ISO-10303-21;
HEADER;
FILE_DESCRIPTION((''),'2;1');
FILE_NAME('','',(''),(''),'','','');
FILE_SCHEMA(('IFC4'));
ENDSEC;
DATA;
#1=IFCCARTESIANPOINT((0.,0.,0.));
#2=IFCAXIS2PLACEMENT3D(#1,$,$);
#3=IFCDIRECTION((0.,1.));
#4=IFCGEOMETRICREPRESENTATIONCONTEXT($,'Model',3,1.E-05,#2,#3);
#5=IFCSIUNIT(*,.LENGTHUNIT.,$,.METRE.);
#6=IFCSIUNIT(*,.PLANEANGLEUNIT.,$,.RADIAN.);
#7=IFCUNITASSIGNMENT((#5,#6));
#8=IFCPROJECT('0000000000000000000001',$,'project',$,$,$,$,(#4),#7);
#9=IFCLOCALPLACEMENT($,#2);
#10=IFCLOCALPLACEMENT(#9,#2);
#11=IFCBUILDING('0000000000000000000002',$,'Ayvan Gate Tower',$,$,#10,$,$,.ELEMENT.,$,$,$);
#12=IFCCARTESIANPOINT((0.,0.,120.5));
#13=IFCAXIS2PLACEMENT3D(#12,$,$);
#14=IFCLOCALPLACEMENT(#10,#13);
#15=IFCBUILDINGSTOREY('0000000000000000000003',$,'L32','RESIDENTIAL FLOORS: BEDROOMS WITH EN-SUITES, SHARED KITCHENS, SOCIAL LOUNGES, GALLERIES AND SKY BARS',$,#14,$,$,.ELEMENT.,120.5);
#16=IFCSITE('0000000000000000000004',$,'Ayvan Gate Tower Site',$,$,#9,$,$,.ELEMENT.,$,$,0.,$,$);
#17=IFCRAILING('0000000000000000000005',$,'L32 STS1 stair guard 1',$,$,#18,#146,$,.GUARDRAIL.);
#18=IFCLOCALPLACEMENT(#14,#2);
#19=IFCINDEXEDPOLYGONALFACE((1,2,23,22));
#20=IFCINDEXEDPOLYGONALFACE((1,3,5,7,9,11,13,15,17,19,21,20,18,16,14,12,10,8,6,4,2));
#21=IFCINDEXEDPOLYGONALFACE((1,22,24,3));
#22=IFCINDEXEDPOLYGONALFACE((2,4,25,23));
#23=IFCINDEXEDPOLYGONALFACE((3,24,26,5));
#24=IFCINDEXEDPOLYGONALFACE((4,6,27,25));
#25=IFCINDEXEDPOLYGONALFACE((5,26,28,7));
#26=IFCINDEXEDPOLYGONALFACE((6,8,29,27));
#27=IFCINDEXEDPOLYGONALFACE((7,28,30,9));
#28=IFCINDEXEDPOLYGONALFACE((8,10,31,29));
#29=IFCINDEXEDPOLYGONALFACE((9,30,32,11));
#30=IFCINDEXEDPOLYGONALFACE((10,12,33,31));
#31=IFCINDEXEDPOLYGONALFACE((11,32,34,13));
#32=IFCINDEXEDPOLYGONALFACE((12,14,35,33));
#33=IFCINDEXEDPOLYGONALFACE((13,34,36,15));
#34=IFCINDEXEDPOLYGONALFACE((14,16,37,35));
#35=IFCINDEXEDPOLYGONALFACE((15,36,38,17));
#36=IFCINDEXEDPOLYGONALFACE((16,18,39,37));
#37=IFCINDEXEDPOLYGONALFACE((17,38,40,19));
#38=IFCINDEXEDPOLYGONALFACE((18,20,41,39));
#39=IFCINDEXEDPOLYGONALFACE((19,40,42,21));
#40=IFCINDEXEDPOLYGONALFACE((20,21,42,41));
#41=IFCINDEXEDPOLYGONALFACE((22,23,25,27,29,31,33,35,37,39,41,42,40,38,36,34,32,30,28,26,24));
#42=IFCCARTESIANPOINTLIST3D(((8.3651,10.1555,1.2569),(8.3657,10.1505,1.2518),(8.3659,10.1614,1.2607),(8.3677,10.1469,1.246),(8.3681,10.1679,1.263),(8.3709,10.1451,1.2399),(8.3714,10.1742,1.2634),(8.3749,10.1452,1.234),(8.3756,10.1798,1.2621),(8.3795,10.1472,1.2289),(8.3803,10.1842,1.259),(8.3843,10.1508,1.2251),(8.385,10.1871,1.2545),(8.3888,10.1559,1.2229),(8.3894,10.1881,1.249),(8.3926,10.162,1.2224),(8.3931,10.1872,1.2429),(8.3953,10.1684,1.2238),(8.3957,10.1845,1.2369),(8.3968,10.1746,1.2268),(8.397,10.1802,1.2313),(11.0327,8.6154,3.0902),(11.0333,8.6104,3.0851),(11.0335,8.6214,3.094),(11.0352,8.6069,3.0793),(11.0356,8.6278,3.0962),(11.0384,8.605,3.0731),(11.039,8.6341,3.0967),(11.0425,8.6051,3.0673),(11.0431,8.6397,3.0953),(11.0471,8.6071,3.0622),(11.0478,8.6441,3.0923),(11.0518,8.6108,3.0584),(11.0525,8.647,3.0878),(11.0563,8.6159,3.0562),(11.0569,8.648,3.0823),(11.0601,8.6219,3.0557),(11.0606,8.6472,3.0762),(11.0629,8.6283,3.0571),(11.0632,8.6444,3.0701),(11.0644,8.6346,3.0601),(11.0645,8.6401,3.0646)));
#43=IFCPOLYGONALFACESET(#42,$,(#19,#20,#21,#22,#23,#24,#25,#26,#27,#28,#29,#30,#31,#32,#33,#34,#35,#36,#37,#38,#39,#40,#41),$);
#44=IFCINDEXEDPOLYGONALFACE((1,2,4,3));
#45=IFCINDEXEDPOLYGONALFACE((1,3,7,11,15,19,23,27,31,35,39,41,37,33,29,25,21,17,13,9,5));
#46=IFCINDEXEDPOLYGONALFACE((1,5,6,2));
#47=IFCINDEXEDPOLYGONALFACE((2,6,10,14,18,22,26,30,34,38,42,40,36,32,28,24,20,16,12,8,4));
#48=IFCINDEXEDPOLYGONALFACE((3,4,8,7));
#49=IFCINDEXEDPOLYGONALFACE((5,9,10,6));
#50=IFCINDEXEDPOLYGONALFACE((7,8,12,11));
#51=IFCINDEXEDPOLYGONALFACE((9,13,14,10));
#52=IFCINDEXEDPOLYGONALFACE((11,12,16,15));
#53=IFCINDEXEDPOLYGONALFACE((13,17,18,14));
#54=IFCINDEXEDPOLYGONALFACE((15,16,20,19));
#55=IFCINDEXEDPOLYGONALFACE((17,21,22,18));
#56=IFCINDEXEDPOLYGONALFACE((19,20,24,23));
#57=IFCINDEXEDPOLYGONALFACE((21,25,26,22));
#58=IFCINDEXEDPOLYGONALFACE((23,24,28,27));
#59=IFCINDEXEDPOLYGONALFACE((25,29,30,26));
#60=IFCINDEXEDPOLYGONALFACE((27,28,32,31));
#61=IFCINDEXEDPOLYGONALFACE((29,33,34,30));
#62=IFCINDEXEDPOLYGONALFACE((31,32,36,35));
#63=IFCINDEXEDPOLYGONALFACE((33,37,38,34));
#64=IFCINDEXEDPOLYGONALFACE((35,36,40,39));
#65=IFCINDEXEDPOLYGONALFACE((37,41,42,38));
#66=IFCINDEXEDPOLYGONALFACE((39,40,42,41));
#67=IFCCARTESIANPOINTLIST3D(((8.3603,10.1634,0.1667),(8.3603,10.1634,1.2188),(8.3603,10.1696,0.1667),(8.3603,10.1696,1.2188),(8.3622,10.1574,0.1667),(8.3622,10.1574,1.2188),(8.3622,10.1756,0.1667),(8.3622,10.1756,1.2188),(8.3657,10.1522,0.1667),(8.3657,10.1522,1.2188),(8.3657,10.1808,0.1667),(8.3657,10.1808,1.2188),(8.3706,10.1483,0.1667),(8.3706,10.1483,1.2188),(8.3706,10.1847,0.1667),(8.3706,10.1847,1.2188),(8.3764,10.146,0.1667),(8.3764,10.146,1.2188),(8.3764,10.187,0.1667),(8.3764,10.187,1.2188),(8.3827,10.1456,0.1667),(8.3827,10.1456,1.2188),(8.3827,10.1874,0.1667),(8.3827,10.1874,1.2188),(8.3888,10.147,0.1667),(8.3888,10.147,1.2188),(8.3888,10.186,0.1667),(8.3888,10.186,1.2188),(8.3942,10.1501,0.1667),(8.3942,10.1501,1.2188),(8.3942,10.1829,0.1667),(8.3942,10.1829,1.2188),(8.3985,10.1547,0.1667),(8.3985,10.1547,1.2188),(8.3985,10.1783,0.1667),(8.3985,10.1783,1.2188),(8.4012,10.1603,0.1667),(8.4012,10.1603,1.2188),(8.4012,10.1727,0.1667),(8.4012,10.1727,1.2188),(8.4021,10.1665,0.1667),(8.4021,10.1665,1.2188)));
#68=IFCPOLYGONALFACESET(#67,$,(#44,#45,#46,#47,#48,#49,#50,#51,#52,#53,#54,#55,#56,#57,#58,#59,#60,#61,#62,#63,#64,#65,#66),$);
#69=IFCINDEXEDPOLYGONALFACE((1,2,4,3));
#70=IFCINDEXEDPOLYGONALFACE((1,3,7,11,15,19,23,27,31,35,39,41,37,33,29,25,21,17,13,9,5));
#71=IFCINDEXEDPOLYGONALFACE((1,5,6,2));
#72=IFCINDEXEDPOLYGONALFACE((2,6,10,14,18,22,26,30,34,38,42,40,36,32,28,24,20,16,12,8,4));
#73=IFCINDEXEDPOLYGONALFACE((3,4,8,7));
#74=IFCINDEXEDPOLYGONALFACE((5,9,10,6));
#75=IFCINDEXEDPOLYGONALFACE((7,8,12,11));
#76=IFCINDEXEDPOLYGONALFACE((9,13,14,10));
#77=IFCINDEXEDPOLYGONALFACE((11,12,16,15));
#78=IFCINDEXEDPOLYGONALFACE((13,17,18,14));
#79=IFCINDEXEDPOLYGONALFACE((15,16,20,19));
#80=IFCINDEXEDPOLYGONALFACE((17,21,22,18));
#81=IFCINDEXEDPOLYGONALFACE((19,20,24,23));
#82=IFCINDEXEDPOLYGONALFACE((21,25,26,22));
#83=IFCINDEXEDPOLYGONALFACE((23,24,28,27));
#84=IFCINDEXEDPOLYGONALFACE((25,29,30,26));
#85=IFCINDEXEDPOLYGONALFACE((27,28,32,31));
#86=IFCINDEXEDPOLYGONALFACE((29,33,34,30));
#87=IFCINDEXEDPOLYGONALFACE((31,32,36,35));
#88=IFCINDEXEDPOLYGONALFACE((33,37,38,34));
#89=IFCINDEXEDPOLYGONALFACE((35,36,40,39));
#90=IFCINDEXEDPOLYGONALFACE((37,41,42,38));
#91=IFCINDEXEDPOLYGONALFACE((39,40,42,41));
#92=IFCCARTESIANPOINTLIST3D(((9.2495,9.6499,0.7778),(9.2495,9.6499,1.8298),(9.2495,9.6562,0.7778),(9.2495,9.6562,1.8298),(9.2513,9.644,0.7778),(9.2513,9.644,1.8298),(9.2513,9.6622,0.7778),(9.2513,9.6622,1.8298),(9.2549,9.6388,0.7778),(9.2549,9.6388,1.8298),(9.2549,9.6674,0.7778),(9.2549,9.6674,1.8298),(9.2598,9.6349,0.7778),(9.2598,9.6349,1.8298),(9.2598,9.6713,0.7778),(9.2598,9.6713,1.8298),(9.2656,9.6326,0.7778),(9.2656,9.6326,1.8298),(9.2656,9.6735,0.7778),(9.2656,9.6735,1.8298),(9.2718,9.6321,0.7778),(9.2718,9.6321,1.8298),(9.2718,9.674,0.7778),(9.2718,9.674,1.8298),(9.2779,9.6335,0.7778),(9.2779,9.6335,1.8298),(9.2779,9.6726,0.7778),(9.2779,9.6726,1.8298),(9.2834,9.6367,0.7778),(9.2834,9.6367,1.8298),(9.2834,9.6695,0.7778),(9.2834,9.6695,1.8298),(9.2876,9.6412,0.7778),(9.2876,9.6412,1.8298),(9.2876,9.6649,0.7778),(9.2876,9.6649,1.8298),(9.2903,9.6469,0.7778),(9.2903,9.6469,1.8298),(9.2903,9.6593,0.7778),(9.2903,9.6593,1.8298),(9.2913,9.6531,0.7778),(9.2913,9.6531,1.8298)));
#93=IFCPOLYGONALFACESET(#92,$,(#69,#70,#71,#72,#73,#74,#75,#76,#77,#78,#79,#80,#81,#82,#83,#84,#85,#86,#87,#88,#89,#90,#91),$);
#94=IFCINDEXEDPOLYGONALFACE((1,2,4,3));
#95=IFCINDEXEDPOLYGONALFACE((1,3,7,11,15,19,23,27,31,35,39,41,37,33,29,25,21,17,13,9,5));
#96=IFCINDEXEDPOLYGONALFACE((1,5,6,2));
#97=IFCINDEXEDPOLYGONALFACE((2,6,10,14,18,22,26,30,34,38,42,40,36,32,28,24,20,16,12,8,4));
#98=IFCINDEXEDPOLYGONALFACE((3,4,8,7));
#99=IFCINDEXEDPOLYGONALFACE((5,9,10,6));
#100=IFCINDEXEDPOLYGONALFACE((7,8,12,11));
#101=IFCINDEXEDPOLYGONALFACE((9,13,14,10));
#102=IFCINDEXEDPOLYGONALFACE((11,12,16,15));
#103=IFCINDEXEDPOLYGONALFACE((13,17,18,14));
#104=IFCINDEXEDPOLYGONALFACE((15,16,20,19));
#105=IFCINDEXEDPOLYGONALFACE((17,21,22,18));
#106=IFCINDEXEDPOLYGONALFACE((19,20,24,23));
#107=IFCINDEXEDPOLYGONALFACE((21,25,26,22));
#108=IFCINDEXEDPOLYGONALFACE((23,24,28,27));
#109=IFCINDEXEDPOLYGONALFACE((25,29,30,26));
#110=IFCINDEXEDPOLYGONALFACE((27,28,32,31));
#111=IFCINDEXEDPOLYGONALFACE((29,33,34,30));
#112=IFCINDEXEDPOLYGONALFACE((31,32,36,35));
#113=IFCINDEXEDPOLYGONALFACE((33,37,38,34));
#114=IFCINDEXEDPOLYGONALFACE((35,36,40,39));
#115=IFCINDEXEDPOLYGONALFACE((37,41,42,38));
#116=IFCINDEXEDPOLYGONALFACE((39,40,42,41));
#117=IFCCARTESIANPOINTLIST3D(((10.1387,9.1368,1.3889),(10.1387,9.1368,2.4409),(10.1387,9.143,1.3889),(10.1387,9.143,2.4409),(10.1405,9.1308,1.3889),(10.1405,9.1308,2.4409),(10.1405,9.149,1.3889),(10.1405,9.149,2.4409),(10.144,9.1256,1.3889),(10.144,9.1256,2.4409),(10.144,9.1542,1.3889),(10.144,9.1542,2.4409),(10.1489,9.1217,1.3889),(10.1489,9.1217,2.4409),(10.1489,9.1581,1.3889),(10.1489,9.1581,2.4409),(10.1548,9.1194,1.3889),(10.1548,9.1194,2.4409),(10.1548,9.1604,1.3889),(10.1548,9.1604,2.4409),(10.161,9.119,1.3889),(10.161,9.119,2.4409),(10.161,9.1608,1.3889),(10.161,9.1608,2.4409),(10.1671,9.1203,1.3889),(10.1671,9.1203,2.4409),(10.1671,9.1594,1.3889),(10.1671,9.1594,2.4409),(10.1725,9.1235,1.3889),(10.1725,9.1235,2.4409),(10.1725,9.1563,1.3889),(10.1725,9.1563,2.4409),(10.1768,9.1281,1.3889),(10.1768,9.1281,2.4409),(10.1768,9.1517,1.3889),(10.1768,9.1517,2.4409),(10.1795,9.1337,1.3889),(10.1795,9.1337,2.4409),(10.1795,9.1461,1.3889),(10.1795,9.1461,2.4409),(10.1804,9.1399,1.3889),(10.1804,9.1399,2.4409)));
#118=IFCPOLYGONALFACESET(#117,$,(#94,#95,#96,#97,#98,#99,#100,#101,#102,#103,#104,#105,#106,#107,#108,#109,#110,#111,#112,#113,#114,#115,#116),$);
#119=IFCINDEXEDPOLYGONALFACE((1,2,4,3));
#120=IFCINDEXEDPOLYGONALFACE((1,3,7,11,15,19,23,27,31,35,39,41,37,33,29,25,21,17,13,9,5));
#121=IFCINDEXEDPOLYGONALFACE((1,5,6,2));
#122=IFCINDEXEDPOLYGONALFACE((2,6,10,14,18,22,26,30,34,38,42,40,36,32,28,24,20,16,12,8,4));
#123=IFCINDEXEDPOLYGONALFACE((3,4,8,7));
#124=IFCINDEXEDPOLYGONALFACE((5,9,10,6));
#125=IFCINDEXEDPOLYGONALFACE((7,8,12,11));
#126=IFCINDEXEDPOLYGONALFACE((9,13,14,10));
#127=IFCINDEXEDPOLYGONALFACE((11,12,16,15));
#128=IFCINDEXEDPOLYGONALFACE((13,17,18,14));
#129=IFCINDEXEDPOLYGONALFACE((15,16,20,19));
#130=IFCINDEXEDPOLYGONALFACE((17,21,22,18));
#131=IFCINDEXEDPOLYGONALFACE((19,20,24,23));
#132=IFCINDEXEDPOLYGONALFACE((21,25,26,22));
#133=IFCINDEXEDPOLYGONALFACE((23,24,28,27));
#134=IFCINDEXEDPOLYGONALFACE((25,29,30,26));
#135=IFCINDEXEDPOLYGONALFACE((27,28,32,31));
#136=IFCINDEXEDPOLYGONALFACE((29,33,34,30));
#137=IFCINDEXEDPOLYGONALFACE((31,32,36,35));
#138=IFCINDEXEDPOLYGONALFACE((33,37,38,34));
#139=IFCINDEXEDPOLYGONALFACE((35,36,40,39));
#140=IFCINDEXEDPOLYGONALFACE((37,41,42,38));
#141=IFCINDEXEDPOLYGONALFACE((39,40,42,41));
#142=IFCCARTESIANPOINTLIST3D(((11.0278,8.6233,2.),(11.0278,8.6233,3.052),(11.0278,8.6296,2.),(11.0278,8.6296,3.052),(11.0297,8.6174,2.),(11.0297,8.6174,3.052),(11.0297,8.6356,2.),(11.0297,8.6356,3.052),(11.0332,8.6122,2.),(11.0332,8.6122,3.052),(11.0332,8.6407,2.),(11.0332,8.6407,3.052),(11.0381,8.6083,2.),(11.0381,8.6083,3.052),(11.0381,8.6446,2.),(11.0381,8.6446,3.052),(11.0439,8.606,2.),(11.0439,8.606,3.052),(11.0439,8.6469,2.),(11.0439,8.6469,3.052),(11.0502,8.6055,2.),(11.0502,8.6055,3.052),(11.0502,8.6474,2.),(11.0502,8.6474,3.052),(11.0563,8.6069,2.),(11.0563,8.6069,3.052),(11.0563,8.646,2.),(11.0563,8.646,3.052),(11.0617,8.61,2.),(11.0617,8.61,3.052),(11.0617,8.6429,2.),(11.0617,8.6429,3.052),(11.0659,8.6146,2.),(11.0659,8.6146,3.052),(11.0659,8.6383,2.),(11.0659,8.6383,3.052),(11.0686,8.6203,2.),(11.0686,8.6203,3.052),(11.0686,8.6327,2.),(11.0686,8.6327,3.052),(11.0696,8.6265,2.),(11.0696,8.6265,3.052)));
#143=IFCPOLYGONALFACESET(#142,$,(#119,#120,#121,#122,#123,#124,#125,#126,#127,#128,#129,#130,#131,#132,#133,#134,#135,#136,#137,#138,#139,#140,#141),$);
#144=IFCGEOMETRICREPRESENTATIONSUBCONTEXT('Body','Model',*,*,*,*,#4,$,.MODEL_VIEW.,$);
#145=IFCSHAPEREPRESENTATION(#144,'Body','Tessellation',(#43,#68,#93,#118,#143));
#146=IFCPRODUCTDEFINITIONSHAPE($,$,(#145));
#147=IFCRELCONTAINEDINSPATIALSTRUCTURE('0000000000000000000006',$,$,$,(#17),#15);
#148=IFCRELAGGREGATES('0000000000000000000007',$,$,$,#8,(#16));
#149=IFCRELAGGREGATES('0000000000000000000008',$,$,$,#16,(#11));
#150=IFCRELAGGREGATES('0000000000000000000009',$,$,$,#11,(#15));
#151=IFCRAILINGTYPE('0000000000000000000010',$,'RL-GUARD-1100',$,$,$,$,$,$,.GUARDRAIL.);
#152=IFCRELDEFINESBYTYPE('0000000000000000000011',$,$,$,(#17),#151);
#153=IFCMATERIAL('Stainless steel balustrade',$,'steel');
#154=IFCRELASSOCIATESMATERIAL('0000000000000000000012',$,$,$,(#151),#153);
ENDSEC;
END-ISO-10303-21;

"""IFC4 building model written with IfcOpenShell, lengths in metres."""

from ifc_helpers import new_model, si_unit, direction, frame, origin, origin_2d, place, context, subcontext, project, spatial, circle, extrude, material, type_object, element, save


model = new_model("IFC4")

# Units and contexts
model_context = context("Model", 3, precision=1e-05, world=origin(), true_north=direction((0.0, 1.0)))
body_context = subcontext(model_context, "Body", "Model", "MODEL_VIEW")
ifc_project = project(units=[si_unit("LENGTHUNIT", "METRE"), si_unit("PLANEANGLEUNIT", "RADIAN")], contexts=[model_context])

# Site, building, storey
site_placement = place(None, origin())
site = spatial("IfcSite", under=ifc_project, at=site_placement, Name="Ayvan Gate Tower Site", CompositionType="ELEMENT", RefElevation=0.0)
building_placement = place(site_placement, origin())
building = spatial("IfcBuilding", under=site, at=building_placement, Name="Ayvan Gate Tower", CompositionType="ELEMENT")
storey_placement = place(building_placement, frame((0.0, 0.0, 120.5)))
storey = spatial("IfcBuildingStorey", under=building, at=storey_placement, Name="L32", Description="RESIDENTIAL FLOORS: BEDROOMS WITH EN-SUITES, SHARED KITCHENS, SOCIAL LOUNGES, GALLERIES AND SKY BARS", CompositionType="ELEMENT", Elevation=120.5)

# Railing
ifc_material_1 = material(Name="Stainless steel balustrade", Category="steel")
railing_type_1 = type_object("IfcRailingType", Name="RL-GUARD-1100", PredefinedType="GUARDRAIL", material=ifc_material_1)
railing_1_placement = place(storey_placement, frame((8.3811, 10.1665, 0.1667)))
element("IfcRailing", 1, at=railing_1_placement, inside=storey, type_object=railing_type_1, Name="L32 STS1 stair guard 1", PredefinedType="GUARDRAIL", context=body_context, shape_type="SweptSolid", body=[
    extrude(circle(Radius=0.0239, at=origin_2d()), frame((0.0, 0.0, 1.0762), z_axis=(0.74419, -0.429649, 0.511452), x_axis=(0.499992, 0.86603, 0.0)), (0.0, 0.0, 1.0), 3.5845),
    extrude(circle(Radius=0.021, at=origin_2d()), origin(), (0.0, 0.0, 1.0), 1.052),
    extrude(circle(Radius=0.021, at=origin_2d()), frame((0.8892, -0.5134, 0.6111)), (0.0, 0.0, 1.0), 1.052),
    extrude(circle(Radius=0.021, at=origin_2d()), frame((1.7783, -1.0266, 1.2222)), (0.0, 0.0, 1.0), 1.052),
    extrude(circle(Radius=0.021, at=origin_2d()), frame((2.6675, -1.54, 1.8333)), (0.0, 0.0, 1.0), 1.052),
])

save(model, "model.ifc")
